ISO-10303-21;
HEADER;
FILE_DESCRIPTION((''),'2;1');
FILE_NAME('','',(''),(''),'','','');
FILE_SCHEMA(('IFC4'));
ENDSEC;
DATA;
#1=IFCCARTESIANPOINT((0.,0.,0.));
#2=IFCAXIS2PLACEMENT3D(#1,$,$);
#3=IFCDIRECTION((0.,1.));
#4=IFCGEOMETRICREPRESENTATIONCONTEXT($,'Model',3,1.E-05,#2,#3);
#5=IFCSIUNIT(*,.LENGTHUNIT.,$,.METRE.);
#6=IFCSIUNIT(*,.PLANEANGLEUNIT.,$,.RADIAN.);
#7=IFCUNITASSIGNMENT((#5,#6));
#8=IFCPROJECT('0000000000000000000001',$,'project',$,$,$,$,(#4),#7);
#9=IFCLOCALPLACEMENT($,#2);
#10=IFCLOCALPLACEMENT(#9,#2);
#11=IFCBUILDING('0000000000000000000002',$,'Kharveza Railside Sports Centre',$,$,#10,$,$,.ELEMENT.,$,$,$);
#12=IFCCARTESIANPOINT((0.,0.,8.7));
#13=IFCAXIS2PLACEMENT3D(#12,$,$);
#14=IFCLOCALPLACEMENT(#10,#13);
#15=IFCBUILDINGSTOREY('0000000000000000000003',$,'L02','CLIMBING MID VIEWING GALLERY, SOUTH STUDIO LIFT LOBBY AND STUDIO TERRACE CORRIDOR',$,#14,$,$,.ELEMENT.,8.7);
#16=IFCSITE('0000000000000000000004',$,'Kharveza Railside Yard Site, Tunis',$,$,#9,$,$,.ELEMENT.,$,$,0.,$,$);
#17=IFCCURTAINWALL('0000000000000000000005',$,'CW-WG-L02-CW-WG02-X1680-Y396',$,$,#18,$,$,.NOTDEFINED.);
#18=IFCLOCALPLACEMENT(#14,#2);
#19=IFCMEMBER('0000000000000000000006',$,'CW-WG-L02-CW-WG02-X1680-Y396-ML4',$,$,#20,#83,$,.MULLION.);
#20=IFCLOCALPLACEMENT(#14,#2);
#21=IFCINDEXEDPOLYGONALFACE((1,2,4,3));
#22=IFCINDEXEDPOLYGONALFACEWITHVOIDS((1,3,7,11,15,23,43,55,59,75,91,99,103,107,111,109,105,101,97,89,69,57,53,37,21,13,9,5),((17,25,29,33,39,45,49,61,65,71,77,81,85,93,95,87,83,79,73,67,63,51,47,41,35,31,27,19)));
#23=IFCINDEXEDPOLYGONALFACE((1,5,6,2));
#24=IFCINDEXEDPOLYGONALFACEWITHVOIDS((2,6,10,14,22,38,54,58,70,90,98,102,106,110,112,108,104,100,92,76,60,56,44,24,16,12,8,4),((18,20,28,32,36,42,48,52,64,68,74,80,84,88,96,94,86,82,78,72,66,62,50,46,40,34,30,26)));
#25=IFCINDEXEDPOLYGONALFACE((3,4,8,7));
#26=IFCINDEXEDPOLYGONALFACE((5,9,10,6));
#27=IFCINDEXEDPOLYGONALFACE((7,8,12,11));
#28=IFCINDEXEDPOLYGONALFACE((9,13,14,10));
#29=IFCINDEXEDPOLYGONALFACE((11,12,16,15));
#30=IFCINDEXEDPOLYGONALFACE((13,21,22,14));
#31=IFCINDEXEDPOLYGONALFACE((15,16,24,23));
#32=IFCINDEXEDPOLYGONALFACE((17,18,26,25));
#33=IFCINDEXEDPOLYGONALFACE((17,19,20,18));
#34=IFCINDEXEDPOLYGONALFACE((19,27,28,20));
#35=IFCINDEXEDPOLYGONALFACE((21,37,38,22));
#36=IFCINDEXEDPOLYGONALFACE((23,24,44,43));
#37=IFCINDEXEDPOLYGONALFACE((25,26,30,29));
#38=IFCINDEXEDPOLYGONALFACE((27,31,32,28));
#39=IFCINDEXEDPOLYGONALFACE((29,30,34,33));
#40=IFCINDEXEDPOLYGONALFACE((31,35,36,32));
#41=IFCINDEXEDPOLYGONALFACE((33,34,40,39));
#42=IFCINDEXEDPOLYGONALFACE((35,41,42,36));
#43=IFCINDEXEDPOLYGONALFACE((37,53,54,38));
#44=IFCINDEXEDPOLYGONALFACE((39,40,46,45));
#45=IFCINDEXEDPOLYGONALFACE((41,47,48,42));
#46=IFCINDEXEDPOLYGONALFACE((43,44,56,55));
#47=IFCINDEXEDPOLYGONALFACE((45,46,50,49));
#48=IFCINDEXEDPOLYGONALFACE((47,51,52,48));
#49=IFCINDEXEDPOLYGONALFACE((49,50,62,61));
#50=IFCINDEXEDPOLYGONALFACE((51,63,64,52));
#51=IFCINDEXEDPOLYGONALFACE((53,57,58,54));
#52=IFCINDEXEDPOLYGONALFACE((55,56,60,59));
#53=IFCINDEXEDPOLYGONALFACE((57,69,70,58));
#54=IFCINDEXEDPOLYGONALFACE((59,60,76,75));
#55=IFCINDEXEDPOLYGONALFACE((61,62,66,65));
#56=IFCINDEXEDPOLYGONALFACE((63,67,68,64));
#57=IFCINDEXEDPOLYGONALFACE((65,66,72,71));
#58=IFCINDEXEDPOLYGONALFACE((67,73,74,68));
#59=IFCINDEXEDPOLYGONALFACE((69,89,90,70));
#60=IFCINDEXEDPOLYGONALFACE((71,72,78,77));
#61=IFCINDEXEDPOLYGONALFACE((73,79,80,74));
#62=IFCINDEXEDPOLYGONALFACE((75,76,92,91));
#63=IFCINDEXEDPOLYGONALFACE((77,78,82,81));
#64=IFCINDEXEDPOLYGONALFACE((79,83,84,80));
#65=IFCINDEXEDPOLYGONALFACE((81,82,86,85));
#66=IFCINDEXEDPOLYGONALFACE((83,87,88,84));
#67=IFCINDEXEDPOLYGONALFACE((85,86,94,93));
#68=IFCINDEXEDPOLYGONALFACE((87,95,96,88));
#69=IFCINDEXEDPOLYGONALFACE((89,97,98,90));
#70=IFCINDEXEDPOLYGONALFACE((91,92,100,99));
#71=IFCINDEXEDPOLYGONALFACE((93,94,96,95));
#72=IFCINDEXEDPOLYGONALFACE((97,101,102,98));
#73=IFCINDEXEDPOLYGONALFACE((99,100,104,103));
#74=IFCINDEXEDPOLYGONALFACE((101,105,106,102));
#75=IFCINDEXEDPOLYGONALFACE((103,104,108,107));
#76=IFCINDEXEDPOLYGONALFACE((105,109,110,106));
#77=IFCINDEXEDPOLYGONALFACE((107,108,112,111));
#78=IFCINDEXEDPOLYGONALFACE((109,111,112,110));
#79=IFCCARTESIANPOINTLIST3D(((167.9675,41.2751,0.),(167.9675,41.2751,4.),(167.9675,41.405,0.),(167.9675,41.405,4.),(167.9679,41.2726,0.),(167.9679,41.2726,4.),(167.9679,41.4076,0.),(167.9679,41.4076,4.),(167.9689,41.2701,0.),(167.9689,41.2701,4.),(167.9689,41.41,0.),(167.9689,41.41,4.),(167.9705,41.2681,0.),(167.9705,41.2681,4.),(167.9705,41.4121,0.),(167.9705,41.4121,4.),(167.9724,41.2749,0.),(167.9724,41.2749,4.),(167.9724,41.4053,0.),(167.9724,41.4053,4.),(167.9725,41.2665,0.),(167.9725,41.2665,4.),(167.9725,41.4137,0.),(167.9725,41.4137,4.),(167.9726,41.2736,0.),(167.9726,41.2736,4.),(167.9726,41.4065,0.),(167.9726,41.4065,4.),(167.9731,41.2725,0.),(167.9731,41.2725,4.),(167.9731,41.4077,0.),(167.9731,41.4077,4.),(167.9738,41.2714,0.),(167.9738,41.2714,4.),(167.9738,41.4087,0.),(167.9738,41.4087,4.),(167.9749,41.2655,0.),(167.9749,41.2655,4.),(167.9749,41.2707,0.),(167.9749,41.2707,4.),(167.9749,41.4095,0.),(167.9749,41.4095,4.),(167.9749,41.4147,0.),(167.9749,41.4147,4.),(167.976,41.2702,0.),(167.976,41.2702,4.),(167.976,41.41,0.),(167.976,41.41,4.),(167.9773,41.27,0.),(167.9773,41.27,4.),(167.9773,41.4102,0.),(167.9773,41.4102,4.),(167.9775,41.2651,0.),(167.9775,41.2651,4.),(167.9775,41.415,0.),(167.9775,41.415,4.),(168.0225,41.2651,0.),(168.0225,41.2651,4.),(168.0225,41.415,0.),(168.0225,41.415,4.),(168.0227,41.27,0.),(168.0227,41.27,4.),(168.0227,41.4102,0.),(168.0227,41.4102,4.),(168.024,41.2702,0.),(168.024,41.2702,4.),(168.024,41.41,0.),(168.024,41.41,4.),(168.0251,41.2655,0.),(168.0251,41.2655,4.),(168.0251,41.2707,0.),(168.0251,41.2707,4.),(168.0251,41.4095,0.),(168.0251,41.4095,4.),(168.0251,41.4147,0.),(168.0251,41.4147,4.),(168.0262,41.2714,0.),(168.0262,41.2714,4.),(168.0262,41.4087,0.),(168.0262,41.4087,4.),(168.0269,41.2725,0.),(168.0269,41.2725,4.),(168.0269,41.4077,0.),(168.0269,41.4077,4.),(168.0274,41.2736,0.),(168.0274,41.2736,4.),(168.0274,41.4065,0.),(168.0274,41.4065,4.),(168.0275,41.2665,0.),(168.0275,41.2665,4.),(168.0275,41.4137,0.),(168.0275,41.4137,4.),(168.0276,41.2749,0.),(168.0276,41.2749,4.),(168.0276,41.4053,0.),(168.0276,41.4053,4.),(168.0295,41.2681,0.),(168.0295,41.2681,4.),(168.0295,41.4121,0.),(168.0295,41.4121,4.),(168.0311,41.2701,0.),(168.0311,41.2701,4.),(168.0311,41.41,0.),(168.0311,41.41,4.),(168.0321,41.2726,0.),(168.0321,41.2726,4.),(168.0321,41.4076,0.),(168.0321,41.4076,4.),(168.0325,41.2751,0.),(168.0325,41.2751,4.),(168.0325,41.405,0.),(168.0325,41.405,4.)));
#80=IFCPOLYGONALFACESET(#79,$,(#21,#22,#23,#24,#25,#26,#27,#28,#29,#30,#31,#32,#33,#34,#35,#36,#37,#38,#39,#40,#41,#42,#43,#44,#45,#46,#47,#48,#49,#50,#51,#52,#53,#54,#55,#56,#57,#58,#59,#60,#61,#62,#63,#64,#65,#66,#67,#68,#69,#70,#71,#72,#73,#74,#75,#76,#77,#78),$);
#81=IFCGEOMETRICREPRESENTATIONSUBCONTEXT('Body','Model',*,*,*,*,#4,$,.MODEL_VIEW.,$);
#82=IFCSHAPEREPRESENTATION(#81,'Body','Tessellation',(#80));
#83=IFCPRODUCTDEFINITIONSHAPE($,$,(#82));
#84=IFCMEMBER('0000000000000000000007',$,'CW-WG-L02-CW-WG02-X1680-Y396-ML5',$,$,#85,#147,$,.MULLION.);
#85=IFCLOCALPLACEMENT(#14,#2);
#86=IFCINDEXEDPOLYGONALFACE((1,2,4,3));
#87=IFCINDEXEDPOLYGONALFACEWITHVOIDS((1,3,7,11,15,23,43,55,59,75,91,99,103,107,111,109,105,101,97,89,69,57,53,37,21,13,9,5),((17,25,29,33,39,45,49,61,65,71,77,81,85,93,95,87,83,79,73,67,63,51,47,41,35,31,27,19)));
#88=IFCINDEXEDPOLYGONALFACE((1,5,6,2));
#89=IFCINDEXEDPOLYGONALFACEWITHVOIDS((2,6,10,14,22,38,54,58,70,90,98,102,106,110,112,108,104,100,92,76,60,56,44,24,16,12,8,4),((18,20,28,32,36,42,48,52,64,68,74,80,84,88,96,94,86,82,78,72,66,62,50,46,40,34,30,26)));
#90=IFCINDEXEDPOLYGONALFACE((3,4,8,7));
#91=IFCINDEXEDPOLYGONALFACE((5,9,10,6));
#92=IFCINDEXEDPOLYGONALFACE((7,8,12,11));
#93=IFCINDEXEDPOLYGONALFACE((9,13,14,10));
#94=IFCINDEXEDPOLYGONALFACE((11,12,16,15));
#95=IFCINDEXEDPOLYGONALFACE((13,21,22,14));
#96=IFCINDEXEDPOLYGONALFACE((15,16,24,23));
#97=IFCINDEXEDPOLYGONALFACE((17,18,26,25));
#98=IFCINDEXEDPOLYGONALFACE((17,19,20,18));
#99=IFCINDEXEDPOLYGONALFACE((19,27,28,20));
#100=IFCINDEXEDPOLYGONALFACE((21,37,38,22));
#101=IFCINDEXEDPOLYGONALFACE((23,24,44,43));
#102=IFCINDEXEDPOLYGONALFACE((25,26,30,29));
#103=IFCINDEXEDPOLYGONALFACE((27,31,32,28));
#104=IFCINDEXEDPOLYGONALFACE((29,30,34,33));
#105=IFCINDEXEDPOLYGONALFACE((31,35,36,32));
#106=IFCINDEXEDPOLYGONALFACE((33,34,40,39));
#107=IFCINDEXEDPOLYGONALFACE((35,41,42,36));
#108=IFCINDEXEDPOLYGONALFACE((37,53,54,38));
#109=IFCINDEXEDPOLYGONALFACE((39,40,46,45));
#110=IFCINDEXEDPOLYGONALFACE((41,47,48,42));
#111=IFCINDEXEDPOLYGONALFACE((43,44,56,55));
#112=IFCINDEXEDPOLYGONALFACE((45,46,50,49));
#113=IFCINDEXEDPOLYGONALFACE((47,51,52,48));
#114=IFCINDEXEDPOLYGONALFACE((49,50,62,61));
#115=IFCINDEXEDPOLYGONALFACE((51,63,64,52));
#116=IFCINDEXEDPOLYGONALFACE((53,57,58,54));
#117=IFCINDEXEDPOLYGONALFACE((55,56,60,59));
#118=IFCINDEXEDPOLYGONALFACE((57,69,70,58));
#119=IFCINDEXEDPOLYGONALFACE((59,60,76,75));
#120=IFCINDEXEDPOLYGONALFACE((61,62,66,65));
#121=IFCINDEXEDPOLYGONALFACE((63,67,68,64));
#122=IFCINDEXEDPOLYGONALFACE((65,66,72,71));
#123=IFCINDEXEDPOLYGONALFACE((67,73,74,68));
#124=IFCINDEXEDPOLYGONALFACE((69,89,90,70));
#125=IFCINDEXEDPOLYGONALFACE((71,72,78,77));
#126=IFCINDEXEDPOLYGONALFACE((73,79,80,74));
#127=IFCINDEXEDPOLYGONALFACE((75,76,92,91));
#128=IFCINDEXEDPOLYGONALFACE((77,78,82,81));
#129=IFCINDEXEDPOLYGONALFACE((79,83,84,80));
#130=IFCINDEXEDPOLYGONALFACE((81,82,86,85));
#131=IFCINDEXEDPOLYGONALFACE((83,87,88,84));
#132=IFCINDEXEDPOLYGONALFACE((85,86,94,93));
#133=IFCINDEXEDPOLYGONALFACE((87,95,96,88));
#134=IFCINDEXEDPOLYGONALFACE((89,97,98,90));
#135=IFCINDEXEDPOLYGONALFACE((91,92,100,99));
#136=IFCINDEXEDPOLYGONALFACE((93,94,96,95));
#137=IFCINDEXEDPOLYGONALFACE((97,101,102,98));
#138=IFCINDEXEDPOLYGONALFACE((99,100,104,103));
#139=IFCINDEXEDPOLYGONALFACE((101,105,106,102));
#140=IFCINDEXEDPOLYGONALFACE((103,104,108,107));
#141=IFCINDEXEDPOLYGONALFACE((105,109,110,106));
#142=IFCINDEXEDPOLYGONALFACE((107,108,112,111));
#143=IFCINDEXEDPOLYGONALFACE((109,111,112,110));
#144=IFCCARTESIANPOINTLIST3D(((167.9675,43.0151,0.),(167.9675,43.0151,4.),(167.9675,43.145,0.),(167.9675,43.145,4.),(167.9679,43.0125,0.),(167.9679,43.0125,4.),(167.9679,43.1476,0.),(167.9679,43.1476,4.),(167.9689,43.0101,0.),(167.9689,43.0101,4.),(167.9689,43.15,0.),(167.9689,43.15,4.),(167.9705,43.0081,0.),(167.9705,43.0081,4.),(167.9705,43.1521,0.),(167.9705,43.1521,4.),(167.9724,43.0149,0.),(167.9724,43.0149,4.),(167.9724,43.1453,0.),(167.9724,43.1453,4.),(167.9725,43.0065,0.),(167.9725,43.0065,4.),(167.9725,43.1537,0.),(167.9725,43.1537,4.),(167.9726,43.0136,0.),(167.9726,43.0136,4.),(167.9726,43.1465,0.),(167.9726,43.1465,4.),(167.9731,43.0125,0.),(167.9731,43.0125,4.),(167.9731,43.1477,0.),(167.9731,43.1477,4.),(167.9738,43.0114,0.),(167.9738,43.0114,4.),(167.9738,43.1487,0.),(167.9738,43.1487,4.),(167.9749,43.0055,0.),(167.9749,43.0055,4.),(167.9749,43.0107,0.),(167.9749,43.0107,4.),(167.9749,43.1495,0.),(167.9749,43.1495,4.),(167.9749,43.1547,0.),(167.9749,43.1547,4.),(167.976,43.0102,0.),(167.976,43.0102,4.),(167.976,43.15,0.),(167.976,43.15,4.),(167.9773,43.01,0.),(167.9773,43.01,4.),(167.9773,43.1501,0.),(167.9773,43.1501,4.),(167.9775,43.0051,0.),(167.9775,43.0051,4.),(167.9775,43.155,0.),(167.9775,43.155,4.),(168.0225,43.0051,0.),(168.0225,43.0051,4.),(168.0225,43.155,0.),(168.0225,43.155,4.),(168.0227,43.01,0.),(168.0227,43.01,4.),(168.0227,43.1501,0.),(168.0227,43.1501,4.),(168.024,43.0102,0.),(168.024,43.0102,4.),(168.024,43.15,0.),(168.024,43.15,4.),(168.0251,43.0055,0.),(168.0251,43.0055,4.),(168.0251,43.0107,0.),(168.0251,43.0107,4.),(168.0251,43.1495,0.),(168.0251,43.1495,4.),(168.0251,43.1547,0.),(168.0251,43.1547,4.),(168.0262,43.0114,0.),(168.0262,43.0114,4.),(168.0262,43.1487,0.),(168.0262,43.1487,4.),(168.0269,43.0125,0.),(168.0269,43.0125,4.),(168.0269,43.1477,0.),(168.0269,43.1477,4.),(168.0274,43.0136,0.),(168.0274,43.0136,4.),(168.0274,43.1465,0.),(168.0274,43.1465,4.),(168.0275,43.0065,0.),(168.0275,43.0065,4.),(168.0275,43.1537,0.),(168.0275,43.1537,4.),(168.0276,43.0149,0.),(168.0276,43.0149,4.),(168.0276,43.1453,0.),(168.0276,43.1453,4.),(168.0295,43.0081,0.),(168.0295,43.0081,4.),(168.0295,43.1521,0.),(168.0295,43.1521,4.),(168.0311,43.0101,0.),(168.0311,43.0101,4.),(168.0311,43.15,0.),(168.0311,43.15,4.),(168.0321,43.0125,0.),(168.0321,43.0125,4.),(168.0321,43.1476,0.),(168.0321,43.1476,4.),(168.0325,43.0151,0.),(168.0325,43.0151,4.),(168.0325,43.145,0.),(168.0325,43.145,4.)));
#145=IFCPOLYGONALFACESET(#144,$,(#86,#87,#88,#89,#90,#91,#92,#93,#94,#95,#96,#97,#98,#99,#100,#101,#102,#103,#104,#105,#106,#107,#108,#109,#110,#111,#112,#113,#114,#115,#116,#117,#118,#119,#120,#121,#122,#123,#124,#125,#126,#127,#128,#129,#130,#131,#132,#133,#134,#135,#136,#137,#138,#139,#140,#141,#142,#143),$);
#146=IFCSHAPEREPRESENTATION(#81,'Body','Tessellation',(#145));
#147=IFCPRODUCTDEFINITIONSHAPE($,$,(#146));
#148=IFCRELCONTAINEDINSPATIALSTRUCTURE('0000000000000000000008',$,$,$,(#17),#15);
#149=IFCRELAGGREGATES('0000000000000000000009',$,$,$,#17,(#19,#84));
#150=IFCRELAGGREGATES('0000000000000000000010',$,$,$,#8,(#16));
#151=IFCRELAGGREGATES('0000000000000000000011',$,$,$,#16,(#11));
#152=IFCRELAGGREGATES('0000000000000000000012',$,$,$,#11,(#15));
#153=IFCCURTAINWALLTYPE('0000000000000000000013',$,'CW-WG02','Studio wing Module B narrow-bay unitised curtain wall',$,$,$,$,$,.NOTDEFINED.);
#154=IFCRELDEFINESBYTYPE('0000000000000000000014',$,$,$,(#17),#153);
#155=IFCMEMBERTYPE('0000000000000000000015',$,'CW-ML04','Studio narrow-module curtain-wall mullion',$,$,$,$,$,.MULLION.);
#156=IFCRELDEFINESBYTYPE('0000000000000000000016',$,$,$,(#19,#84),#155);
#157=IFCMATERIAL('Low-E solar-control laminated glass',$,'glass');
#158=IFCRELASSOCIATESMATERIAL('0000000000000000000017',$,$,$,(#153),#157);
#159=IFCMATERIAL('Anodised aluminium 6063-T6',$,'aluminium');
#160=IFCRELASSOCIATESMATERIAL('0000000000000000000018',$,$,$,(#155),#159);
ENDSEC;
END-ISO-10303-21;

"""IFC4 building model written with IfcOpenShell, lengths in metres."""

from ifc_helpers import new_model, si_unit, direction, frame, origin, origin_2d, place, context, subcontext, project, spatial, hollow_rectangle, extrude, material, material_profile, profile_set, type_object, element, aggregate, save


model = new_model("IFC4")

# Units and contexts
model_context = context("Model", 3, precision=1e-05, world=origin(), true_north=direction((0.0, 1.0)))
body_context = subcontext(model_context, "Body", "Model", "MODEL_VIEW")
ifc_project = project(units=[si_unit("LENGTHUNIT", "METRE"), si_unit("PLANEANGLEUNIT", "RADIAN")], contexts=[model_context])

# Site, building, storey
site_placement = place(None, origin())
site = spatial("IfcSite", under=ifc_project, at=site_placement, Name="Kharveza Railside Yard Site, Tunis", CompositionType="ELEMENT", RefElevation=0.0)
building_placement = place(site_placement, origin())
building = spatial("IfcBuilding", under=site, at=building_placement, Name="Kharveza Railside Sports Centre", CompositionType="ELEMENT")
storey_placement = place(building_placement, frame((0.0, 0.0, 8.7)))
storey = spatial("IfcBuildingStorey", under=building, at=storey_placement, Name="L02", Description="CLIMBING MID VIEWING GALLERY, SOUTH STUDIO LIFT LOBBY AND STUDIO TERRACE CORRIDOR", CompositionType="ELEMENT", Elevation=8.7)

# Shared definitions
ifc_material_1 = material(Name="Low-E solar-control laminated glass", Category="glass")
curtain_wall_type = type_object("IfcCurtainWallType", Name="CW-WG02", Description="Studio wing Module B narrow-bay unitised curtain wall", PredefinedType="NOTDEFINED", material=ifc_material_1)
ifc_material_2 = material(Name="Anodised aluminium 6063-T6", Category="aluminium")
ifc_material_profile_1 = material_profile(ifc_material_2, hollow_rectangle(XDim=0.0649, YDim=0.1499, WallThickness=0.0049, InnerFilletRadius=0.0049, OuterFilletRadius=0.01, at=origin_2d()), Name="RHS 65x150x5.0")
ifc_profile_set_1 = profile_set([ifc_material_profile_1], Name="Anodised aluminium 6063-T6")
member_type_1 = type_object("IfcMemberType", Name="CW-ML04", Description="Studio narrow-module curtain-wall mullion", PredefinedType="MULLION", material=ifc_profile_set_1)

# Curtain wall, members
curtain_wall_1_placement = place(storey_placement, origin())
curtain_wall_1 = element("IfcCurtainWall", 1, at=curtain_wall_1_placement, inside=storey, type_object=curtain_wall_type, Name="CW-WG-L02-CW-WG02-X1680-Y396", PredefinedType="NOTDEFINED")
member_1_placement = place(storey_placement, frame((168.0, 41.3401, 0.0), z_axis=(0.0, 0.0, 1.0), x_axis=(1.0, 0.0, 0.0)))
member_1 = element("IfcMember", 2, at=member_1_placement, type_object=member_type_1, Name="CW-WG-L02-CW-WG02-X1680-Y396-ML4", PredefinedType="MULLION", context=body_context, shape_type="SweptSolid", body=[
    extrude(hollow_rectangle(XDim=0.0649, YDim=0.1499, WallThickness=0.0049, InnerFilletRadius=0.0049, OuterFilletRadius=0.01, at=origin_2d()), origin(), (0.0, 0.0, 1.0), 4.0),
])
member_2_placement = place(storey_placement, frame((168.0, 43.0801, 0.0), z_axis=(0.0, 0.0, 1.0), x_axis=(1.0, 0.0, 0.0)))
member_2 = element("IfcMember", 3, at=member_2_placement, type_object=member_type_1, Name="CW-WG-L02-CW-WG02-X1680-Y396-ML5", PredefinedType="MULLION", context=body_context, shape_type="SweptSolid", body=[
    extrude(hollow_rectangle(XDim=0.0649, YDim=0.1499, WallThickness=0.0049, InnerFilletRadius=0.0049, OuterFilletRadius=0.01, at=origin_2d()), origin(), (0.0, 0.0, 1.0), 4.0),
])

aggregate(curtain_wall_1, [member_1, member_2])

save(model, "model.ifc")
